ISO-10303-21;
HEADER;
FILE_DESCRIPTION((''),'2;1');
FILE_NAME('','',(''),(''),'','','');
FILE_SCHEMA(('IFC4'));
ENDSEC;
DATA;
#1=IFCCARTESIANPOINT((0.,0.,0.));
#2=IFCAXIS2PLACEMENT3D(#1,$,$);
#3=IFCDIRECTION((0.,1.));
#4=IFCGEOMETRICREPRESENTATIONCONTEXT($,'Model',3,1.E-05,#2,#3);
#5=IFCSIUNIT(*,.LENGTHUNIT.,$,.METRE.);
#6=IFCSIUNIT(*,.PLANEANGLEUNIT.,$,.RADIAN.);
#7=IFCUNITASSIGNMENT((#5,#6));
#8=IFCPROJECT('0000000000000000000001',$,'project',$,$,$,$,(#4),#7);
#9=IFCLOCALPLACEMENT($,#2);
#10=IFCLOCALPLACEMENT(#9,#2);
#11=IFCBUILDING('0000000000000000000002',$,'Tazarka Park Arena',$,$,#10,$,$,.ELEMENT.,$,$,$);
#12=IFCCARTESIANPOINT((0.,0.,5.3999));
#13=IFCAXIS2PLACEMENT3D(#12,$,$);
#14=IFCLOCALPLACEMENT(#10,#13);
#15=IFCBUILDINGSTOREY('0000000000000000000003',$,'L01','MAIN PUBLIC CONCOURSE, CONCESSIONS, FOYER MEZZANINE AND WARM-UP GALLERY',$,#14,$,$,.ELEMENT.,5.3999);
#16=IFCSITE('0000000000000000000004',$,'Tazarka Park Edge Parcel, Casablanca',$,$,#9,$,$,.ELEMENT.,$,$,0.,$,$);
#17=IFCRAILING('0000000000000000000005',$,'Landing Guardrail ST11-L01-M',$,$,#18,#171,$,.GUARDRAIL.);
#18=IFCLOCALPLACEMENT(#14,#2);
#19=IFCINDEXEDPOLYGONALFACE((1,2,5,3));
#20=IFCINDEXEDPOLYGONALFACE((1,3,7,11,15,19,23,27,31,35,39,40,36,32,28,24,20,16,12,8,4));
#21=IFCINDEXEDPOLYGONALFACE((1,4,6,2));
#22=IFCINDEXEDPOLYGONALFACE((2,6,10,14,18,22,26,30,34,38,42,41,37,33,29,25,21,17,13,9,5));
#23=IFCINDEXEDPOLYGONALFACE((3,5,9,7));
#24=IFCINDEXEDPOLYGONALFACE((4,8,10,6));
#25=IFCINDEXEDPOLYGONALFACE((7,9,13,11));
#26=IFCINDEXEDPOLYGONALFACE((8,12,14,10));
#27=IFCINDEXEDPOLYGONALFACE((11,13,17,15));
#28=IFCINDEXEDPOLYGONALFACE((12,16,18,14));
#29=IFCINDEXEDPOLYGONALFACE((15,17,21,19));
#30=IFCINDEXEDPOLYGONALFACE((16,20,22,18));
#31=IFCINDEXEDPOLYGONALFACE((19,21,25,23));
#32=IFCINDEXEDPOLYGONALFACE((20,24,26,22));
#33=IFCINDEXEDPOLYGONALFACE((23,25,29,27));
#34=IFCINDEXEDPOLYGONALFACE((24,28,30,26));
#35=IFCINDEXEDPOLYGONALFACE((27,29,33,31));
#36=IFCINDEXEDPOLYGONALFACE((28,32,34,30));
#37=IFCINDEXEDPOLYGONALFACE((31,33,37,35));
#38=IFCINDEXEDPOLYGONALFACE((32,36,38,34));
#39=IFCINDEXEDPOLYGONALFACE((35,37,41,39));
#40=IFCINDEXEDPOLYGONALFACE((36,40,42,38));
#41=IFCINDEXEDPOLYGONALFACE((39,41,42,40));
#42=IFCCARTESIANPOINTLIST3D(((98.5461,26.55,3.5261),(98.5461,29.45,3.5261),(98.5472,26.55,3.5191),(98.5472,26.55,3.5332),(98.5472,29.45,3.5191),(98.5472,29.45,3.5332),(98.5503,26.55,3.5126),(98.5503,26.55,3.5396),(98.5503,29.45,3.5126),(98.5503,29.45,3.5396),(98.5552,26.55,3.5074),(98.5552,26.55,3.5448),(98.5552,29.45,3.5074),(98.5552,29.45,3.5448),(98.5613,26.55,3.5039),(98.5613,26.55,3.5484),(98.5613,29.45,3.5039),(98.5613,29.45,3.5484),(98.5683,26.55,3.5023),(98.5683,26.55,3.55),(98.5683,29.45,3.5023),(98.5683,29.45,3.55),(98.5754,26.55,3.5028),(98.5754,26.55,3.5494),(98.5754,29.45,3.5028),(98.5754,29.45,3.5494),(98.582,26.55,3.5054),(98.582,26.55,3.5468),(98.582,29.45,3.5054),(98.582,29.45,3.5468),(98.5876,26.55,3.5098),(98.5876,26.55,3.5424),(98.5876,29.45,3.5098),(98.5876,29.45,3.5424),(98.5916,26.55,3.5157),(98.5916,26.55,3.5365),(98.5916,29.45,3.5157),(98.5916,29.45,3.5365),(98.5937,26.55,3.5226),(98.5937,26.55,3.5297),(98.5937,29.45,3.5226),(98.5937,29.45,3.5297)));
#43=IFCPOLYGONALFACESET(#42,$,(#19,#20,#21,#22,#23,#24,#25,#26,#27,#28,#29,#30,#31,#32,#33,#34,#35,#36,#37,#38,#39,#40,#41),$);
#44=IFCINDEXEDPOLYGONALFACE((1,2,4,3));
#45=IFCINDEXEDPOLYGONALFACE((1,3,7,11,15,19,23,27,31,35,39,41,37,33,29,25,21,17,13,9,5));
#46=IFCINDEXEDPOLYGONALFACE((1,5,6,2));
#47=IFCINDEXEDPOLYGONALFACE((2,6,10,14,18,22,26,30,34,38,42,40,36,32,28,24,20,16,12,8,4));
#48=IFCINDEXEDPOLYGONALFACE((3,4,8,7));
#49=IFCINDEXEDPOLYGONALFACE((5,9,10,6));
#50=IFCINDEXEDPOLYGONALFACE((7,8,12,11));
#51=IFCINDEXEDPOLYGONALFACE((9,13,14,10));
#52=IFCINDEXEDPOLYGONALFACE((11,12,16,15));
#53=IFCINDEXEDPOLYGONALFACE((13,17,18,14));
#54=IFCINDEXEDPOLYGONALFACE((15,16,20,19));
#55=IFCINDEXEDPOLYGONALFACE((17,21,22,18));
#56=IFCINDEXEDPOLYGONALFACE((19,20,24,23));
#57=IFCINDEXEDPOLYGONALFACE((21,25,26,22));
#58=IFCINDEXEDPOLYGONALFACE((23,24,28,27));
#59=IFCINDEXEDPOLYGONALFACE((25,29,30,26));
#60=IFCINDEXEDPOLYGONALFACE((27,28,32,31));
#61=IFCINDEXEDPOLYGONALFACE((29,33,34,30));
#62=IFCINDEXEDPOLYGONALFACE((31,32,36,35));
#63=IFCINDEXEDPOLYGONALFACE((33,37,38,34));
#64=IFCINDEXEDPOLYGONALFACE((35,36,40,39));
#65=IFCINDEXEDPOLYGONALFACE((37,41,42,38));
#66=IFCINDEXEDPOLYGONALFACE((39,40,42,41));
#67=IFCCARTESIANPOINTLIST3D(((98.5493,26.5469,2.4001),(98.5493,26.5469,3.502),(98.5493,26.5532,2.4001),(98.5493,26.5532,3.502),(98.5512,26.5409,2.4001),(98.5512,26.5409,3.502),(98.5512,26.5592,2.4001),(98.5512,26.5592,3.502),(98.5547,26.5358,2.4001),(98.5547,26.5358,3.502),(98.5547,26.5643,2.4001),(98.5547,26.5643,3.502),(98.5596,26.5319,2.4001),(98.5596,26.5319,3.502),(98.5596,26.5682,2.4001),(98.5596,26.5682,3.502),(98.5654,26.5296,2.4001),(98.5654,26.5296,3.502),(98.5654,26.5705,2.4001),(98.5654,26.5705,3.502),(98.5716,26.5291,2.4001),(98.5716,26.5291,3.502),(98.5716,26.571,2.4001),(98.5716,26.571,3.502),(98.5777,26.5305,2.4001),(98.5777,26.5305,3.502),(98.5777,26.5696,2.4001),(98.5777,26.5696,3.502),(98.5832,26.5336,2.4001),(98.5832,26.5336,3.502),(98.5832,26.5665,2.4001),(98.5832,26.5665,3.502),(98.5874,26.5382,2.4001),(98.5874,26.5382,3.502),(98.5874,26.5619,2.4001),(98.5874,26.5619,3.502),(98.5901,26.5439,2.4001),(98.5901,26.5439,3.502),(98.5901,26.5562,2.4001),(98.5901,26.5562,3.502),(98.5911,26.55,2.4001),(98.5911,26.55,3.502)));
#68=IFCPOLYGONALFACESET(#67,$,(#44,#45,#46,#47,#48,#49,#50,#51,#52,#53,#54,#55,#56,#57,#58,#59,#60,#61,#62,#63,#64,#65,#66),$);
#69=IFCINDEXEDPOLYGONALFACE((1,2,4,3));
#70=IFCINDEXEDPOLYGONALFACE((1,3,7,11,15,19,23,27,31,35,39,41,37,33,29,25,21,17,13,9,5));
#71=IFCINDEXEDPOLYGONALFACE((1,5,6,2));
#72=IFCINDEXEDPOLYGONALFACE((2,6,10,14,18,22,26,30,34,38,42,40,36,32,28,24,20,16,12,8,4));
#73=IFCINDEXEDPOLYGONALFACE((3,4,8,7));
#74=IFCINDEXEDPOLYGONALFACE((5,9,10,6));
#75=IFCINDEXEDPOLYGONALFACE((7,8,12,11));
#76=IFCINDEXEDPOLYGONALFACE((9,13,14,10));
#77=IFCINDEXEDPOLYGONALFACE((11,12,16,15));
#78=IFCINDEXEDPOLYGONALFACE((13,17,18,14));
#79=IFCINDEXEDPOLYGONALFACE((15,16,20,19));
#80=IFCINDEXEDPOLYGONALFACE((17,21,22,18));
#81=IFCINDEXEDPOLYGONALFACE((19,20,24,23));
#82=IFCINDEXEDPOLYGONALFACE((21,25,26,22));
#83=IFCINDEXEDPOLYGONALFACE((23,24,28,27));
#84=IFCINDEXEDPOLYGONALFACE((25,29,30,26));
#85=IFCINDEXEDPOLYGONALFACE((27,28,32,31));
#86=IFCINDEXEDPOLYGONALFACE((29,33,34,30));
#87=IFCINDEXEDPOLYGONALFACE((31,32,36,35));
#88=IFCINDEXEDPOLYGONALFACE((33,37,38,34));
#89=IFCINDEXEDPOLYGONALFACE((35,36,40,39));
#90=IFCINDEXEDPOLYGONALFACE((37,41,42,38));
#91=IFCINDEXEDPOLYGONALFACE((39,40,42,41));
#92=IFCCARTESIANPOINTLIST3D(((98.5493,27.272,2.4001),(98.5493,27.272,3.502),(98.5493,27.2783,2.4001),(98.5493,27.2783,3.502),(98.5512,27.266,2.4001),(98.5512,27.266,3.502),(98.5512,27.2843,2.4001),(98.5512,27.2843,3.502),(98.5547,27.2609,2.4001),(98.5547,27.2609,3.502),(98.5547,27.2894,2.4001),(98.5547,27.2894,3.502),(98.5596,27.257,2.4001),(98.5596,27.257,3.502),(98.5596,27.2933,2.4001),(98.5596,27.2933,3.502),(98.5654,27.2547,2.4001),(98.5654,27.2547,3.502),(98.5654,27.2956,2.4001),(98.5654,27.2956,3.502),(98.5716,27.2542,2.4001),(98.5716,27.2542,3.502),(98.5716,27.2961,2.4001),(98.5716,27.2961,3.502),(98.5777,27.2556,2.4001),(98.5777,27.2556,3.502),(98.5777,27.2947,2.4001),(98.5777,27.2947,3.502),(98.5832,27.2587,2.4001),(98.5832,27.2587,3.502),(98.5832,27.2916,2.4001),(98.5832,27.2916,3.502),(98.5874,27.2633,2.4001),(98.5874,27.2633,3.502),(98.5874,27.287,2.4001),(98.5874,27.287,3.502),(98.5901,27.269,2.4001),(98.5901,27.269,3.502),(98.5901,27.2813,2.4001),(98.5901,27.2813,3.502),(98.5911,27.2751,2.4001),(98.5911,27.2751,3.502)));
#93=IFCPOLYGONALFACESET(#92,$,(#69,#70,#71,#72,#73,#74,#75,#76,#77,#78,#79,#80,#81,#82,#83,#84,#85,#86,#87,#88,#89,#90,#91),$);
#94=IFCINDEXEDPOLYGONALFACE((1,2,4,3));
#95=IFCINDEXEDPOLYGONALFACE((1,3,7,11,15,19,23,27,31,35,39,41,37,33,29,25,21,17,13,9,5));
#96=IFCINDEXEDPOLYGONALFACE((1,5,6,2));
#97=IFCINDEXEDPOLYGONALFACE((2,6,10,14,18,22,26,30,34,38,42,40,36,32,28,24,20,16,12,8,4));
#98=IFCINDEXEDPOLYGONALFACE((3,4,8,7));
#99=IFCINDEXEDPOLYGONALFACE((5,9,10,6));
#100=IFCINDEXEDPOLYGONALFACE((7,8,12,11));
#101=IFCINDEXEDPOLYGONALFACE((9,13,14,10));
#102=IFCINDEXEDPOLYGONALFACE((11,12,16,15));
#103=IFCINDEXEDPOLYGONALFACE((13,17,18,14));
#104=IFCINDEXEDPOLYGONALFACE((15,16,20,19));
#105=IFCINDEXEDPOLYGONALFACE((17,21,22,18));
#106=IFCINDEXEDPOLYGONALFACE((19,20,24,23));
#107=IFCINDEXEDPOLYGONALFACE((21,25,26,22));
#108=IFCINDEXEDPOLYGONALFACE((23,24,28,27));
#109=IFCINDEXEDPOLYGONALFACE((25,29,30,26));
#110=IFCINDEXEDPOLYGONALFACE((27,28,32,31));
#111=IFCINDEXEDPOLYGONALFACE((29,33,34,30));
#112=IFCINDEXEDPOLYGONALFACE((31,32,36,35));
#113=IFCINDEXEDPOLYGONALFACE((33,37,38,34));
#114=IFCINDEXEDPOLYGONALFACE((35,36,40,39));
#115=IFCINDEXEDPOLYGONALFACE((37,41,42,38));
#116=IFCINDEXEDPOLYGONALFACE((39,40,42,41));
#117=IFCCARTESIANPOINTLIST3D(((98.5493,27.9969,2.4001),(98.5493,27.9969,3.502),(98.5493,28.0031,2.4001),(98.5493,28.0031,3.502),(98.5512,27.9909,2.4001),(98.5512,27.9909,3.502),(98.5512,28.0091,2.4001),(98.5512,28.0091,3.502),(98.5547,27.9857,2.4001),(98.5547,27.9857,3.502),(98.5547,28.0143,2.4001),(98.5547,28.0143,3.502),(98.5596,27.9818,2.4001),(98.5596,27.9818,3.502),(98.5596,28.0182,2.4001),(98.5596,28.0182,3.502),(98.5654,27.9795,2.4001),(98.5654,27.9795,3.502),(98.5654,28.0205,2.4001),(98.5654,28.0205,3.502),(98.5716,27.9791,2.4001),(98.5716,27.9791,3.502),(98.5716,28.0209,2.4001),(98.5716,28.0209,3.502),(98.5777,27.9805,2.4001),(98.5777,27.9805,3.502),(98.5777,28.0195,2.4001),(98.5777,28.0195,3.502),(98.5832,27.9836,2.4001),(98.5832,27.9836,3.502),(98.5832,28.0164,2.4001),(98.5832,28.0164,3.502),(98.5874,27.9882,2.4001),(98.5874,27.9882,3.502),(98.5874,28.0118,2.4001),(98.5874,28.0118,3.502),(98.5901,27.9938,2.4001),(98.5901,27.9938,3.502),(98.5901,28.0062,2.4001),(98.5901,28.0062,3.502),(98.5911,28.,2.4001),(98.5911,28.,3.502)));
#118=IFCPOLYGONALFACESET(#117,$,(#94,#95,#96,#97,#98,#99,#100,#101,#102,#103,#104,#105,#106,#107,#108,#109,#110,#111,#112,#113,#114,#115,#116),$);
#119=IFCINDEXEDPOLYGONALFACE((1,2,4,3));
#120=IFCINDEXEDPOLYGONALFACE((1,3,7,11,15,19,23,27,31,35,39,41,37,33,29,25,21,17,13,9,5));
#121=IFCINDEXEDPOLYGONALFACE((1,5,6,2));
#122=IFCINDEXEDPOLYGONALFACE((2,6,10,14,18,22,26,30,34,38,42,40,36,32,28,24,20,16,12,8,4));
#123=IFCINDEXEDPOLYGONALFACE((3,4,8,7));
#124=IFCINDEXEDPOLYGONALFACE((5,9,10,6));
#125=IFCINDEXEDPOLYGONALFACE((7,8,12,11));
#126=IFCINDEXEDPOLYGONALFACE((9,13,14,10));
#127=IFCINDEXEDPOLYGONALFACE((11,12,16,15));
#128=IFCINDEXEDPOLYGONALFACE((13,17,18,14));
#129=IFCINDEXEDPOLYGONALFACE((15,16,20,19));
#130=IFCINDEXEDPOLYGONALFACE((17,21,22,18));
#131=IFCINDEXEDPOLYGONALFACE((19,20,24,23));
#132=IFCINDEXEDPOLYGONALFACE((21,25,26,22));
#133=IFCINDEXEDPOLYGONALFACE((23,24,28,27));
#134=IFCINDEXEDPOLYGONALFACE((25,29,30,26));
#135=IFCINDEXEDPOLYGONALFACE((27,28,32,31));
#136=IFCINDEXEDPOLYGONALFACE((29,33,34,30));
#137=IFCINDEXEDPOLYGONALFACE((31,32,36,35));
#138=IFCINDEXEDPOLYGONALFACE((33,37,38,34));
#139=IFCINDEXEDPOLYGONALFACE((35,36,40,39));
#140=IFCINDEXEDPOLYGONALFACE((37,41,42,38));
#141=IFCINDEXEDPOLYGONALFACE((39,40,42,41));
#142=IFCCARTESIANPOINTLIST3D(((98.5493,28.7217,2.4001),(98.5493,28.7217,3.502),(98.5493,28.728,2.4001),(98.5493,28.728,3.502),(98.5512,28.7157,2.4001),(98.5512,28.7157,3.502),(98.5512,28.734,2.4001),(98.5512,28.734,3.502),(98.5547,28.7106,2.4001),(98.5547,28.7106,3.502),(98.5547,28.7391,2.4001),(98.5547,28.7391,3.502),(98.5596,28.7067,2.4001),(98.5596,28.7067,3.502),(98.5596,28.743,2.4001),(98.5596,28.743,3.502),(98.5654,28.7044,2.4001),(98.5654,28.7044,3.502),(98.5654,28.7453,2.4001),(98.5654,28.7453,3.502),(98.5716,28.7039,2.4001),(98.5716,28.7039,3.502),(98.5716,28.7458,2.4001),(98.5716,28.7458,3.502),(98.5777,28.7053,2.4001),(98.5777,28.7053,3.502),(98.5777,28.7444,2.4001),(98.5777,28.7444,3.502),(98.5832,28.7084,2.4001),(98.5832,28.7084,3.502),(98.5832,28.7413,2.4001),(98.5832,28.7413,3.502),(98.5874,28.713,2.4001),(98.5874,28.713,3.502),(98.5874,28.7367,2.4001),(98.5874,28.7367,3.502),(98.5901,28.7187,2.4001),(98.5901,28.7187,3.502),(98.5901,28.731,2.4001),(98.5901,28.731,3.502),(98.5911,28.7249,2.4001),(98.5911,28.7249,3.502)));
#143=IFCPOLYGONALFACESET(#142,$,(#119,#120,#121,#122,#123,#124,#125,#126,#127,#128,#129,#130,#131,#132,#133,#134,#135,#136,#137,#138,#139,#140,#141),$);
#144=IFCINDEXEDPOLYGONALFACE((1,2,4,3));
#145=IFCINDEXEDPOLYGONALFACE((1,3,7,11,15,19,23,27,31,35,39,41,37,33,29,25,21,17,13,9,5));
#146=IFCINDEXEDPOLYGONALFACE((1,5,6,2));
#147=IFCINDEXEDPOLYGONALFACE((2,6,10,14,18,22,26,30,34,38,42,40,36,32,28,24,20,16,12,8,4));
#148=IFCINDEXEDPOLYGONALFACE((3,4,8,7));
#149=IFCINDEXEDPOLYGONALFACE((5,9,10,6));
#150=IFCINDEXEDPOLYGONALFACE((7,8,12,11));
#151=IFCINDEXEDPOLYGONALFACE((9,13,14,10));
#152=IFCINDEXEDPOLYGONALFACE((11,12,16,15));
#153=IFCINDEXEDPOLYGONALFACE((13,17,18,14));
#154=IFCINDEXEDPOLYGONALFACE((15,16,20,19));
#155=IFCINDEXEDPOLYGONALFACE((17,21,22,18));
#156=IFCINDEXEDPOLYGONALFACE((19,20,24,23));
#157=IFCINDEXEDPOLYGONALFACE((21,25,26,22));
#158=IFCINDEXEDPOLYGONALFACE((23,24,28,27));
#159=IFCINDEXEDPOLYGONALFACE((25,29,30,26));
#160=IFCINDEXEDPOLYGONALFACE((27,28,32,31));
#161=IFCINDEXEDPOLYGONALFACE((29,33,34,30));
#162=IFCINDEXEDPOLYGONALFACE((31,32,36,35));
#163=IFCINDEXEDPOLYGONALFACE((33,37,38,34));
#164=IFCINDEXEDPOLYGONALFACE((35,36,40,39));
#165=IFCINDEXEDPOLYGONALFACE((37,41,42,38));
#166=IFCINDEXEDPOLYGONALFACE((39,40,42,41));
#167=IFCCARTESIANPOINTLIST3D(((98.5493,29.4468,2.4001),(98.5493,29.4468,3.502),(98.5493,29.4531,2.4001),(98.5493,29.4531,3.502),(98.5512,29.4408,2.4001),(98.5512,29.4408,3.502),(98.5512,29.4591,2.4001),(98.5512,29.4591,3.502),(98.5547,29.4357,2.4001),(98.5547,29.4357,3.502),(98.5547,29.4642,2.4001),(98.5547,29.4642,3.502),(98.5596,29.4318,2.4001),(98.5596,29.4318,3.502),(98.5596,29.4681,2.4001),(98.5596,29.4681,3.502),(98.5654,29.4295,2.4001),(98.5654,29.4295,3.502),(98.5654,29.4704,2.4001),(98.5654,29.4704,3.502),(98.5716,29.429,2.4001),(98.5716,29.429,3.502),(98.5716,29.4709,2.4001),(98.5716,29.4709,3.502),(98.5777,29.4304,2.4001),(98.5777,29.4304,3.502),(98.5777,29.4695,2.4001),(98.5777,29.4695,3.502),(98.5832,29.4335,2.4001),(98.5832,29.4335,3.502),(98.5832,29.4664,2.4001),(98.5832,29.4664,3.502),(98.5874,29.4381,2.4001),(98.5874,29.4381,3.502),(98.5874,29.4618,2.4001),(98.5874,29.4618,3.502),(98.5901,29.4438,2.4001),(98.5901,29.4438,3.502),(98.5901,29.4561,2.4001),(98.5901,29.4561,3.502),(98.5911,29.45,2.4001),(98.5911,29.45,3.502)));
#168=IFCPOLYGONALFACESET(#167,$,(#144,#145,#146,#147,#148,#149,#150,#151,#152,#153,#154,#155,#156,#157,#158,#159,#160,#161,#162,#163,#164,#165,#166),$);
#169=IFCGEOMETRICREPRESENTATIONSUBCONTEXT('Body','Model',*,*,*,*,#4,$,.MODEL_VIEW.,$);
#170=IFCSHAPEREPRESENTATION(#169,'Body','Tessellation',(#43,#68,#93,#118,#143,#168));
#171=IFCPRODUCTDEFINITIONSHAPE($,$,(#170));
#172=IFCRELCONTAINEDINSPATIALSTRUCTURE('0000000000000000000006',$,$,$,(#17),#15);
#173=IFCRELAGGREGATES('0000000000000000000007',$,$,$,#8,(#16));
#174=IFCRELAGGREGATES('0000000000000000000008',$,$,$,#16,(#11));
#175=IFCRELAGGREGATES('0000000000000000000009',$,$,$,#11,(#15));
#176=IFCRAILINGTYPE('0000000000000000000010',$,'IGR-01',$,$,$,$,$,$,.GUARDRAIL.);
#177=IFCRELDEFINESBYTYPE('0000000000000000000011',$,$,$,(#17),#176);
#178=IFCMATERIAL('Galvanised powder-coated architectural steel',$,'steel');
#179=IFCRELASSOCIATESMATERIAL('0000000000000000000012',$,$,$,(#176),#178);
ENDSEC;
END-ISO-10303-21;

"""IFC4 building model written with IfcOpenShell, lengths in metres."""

from ifc_helpers import new_model, si_unit, direction, frame, origin, origin_2d, place, context, subcontext, project, spatial, circle, extrude, material, type_object, element, save


model = new_model("IFC4")

# Units and contexts
model_context = context("Model", 3, precision=1e-05, world=origin(), true_north=direction((0.0, 1.0)))
body_context = subcontext(model_context, "Body", "Model", "MODEL_VIEW")
ifc_project = project(units=[si_unit("LENGTHUNIT", "METRE"), si_unit("PLANEANGLEUNIT", "RADIAN")], contexts=[model_context])

# Site, building, storey
site_placement = place(None, origin())
site = spatial("IfcSite", under=ifc_project, at=site_placement, Name="Tazarka Park Edge Parcel, Casablanca", CompositionType="ELEMENT", RefElevation=0.0)
building_placement = place(site_placement, origin())
building = spatial("IfcBuilding", under=site, at=building_placement, Name="Tazarka Park Arena", CompositionType="ELEMENT")
storey_placement = place(building_placement, frame((0.0, 0.0, 5.3999)))
storey = spatial("IfcBuildingStorey", under=building, at=storey_placement, Name="L01", Description="MAIN PUBLIC CONCOURSE, CONCESSIONS, FOYER MEZZANINE AND WARM-UP GALLERY", CompositionType="ELEMENT", Elevation=5.3999)

# Railing
ifc_material_1 = material(Name="Galvanised powder-coated architectural steel", Category="steel")
railing_type_1 = type_object("IfcRailingType", Name="IGR-01", PredefinedType="GUARDRAIL", material=ifc_material_1)
railing_1_placement = place(storey_placement, frame((98.5701, 26.55, 2.4001)))
element("IfcRailing", 1, at=railing_1_placement, inside=storey, type_object=railing_type_1, Name="Landing Guardrail ST11-L01-M", PredefinedType="GUARDRAIL", context=body_context, shape_type="SweptSolid", body=[
    extrude(circle(Radius=0.0239, at=origin_2d()), frame((0.0, 0.0, 1.126), z_axis=(0.0, 1.0, 0.0), x_axis=(-1.0, 0.0, 0.0)), (0.0, 0.0, 1.0), 2.8999),
    extrude(circle(Radius=0.021, at=origin_2d()), origin(), (0.0, 0.0, 1.0), 1.1018),
    extrude(circle(Radius=0.021, at=origin_2d()), frame((0.0, 0.7251, 0.0)), (0.0, 0.0, 1.0), 1.1018),
    extrude(circle(Radius=0.021, at=origin_2d()), frame((0.0, 1.45, 0.0)), (0.0, 0.0, 1.0), 1.1018),
    extrude(circle(Radius=0.021, at=origin_2d()), frame((0.0, 2.1748, 0.0)), (0.0, 0.0, 1.0), 1.1018),
    extrude(circle(Radius=0.021, at=origin_2d()), frame((0.0, 2.8999, 0.0)), (0.0, 0.0, 1.0), 1.1018),
])

save(model, "model.ifc")
